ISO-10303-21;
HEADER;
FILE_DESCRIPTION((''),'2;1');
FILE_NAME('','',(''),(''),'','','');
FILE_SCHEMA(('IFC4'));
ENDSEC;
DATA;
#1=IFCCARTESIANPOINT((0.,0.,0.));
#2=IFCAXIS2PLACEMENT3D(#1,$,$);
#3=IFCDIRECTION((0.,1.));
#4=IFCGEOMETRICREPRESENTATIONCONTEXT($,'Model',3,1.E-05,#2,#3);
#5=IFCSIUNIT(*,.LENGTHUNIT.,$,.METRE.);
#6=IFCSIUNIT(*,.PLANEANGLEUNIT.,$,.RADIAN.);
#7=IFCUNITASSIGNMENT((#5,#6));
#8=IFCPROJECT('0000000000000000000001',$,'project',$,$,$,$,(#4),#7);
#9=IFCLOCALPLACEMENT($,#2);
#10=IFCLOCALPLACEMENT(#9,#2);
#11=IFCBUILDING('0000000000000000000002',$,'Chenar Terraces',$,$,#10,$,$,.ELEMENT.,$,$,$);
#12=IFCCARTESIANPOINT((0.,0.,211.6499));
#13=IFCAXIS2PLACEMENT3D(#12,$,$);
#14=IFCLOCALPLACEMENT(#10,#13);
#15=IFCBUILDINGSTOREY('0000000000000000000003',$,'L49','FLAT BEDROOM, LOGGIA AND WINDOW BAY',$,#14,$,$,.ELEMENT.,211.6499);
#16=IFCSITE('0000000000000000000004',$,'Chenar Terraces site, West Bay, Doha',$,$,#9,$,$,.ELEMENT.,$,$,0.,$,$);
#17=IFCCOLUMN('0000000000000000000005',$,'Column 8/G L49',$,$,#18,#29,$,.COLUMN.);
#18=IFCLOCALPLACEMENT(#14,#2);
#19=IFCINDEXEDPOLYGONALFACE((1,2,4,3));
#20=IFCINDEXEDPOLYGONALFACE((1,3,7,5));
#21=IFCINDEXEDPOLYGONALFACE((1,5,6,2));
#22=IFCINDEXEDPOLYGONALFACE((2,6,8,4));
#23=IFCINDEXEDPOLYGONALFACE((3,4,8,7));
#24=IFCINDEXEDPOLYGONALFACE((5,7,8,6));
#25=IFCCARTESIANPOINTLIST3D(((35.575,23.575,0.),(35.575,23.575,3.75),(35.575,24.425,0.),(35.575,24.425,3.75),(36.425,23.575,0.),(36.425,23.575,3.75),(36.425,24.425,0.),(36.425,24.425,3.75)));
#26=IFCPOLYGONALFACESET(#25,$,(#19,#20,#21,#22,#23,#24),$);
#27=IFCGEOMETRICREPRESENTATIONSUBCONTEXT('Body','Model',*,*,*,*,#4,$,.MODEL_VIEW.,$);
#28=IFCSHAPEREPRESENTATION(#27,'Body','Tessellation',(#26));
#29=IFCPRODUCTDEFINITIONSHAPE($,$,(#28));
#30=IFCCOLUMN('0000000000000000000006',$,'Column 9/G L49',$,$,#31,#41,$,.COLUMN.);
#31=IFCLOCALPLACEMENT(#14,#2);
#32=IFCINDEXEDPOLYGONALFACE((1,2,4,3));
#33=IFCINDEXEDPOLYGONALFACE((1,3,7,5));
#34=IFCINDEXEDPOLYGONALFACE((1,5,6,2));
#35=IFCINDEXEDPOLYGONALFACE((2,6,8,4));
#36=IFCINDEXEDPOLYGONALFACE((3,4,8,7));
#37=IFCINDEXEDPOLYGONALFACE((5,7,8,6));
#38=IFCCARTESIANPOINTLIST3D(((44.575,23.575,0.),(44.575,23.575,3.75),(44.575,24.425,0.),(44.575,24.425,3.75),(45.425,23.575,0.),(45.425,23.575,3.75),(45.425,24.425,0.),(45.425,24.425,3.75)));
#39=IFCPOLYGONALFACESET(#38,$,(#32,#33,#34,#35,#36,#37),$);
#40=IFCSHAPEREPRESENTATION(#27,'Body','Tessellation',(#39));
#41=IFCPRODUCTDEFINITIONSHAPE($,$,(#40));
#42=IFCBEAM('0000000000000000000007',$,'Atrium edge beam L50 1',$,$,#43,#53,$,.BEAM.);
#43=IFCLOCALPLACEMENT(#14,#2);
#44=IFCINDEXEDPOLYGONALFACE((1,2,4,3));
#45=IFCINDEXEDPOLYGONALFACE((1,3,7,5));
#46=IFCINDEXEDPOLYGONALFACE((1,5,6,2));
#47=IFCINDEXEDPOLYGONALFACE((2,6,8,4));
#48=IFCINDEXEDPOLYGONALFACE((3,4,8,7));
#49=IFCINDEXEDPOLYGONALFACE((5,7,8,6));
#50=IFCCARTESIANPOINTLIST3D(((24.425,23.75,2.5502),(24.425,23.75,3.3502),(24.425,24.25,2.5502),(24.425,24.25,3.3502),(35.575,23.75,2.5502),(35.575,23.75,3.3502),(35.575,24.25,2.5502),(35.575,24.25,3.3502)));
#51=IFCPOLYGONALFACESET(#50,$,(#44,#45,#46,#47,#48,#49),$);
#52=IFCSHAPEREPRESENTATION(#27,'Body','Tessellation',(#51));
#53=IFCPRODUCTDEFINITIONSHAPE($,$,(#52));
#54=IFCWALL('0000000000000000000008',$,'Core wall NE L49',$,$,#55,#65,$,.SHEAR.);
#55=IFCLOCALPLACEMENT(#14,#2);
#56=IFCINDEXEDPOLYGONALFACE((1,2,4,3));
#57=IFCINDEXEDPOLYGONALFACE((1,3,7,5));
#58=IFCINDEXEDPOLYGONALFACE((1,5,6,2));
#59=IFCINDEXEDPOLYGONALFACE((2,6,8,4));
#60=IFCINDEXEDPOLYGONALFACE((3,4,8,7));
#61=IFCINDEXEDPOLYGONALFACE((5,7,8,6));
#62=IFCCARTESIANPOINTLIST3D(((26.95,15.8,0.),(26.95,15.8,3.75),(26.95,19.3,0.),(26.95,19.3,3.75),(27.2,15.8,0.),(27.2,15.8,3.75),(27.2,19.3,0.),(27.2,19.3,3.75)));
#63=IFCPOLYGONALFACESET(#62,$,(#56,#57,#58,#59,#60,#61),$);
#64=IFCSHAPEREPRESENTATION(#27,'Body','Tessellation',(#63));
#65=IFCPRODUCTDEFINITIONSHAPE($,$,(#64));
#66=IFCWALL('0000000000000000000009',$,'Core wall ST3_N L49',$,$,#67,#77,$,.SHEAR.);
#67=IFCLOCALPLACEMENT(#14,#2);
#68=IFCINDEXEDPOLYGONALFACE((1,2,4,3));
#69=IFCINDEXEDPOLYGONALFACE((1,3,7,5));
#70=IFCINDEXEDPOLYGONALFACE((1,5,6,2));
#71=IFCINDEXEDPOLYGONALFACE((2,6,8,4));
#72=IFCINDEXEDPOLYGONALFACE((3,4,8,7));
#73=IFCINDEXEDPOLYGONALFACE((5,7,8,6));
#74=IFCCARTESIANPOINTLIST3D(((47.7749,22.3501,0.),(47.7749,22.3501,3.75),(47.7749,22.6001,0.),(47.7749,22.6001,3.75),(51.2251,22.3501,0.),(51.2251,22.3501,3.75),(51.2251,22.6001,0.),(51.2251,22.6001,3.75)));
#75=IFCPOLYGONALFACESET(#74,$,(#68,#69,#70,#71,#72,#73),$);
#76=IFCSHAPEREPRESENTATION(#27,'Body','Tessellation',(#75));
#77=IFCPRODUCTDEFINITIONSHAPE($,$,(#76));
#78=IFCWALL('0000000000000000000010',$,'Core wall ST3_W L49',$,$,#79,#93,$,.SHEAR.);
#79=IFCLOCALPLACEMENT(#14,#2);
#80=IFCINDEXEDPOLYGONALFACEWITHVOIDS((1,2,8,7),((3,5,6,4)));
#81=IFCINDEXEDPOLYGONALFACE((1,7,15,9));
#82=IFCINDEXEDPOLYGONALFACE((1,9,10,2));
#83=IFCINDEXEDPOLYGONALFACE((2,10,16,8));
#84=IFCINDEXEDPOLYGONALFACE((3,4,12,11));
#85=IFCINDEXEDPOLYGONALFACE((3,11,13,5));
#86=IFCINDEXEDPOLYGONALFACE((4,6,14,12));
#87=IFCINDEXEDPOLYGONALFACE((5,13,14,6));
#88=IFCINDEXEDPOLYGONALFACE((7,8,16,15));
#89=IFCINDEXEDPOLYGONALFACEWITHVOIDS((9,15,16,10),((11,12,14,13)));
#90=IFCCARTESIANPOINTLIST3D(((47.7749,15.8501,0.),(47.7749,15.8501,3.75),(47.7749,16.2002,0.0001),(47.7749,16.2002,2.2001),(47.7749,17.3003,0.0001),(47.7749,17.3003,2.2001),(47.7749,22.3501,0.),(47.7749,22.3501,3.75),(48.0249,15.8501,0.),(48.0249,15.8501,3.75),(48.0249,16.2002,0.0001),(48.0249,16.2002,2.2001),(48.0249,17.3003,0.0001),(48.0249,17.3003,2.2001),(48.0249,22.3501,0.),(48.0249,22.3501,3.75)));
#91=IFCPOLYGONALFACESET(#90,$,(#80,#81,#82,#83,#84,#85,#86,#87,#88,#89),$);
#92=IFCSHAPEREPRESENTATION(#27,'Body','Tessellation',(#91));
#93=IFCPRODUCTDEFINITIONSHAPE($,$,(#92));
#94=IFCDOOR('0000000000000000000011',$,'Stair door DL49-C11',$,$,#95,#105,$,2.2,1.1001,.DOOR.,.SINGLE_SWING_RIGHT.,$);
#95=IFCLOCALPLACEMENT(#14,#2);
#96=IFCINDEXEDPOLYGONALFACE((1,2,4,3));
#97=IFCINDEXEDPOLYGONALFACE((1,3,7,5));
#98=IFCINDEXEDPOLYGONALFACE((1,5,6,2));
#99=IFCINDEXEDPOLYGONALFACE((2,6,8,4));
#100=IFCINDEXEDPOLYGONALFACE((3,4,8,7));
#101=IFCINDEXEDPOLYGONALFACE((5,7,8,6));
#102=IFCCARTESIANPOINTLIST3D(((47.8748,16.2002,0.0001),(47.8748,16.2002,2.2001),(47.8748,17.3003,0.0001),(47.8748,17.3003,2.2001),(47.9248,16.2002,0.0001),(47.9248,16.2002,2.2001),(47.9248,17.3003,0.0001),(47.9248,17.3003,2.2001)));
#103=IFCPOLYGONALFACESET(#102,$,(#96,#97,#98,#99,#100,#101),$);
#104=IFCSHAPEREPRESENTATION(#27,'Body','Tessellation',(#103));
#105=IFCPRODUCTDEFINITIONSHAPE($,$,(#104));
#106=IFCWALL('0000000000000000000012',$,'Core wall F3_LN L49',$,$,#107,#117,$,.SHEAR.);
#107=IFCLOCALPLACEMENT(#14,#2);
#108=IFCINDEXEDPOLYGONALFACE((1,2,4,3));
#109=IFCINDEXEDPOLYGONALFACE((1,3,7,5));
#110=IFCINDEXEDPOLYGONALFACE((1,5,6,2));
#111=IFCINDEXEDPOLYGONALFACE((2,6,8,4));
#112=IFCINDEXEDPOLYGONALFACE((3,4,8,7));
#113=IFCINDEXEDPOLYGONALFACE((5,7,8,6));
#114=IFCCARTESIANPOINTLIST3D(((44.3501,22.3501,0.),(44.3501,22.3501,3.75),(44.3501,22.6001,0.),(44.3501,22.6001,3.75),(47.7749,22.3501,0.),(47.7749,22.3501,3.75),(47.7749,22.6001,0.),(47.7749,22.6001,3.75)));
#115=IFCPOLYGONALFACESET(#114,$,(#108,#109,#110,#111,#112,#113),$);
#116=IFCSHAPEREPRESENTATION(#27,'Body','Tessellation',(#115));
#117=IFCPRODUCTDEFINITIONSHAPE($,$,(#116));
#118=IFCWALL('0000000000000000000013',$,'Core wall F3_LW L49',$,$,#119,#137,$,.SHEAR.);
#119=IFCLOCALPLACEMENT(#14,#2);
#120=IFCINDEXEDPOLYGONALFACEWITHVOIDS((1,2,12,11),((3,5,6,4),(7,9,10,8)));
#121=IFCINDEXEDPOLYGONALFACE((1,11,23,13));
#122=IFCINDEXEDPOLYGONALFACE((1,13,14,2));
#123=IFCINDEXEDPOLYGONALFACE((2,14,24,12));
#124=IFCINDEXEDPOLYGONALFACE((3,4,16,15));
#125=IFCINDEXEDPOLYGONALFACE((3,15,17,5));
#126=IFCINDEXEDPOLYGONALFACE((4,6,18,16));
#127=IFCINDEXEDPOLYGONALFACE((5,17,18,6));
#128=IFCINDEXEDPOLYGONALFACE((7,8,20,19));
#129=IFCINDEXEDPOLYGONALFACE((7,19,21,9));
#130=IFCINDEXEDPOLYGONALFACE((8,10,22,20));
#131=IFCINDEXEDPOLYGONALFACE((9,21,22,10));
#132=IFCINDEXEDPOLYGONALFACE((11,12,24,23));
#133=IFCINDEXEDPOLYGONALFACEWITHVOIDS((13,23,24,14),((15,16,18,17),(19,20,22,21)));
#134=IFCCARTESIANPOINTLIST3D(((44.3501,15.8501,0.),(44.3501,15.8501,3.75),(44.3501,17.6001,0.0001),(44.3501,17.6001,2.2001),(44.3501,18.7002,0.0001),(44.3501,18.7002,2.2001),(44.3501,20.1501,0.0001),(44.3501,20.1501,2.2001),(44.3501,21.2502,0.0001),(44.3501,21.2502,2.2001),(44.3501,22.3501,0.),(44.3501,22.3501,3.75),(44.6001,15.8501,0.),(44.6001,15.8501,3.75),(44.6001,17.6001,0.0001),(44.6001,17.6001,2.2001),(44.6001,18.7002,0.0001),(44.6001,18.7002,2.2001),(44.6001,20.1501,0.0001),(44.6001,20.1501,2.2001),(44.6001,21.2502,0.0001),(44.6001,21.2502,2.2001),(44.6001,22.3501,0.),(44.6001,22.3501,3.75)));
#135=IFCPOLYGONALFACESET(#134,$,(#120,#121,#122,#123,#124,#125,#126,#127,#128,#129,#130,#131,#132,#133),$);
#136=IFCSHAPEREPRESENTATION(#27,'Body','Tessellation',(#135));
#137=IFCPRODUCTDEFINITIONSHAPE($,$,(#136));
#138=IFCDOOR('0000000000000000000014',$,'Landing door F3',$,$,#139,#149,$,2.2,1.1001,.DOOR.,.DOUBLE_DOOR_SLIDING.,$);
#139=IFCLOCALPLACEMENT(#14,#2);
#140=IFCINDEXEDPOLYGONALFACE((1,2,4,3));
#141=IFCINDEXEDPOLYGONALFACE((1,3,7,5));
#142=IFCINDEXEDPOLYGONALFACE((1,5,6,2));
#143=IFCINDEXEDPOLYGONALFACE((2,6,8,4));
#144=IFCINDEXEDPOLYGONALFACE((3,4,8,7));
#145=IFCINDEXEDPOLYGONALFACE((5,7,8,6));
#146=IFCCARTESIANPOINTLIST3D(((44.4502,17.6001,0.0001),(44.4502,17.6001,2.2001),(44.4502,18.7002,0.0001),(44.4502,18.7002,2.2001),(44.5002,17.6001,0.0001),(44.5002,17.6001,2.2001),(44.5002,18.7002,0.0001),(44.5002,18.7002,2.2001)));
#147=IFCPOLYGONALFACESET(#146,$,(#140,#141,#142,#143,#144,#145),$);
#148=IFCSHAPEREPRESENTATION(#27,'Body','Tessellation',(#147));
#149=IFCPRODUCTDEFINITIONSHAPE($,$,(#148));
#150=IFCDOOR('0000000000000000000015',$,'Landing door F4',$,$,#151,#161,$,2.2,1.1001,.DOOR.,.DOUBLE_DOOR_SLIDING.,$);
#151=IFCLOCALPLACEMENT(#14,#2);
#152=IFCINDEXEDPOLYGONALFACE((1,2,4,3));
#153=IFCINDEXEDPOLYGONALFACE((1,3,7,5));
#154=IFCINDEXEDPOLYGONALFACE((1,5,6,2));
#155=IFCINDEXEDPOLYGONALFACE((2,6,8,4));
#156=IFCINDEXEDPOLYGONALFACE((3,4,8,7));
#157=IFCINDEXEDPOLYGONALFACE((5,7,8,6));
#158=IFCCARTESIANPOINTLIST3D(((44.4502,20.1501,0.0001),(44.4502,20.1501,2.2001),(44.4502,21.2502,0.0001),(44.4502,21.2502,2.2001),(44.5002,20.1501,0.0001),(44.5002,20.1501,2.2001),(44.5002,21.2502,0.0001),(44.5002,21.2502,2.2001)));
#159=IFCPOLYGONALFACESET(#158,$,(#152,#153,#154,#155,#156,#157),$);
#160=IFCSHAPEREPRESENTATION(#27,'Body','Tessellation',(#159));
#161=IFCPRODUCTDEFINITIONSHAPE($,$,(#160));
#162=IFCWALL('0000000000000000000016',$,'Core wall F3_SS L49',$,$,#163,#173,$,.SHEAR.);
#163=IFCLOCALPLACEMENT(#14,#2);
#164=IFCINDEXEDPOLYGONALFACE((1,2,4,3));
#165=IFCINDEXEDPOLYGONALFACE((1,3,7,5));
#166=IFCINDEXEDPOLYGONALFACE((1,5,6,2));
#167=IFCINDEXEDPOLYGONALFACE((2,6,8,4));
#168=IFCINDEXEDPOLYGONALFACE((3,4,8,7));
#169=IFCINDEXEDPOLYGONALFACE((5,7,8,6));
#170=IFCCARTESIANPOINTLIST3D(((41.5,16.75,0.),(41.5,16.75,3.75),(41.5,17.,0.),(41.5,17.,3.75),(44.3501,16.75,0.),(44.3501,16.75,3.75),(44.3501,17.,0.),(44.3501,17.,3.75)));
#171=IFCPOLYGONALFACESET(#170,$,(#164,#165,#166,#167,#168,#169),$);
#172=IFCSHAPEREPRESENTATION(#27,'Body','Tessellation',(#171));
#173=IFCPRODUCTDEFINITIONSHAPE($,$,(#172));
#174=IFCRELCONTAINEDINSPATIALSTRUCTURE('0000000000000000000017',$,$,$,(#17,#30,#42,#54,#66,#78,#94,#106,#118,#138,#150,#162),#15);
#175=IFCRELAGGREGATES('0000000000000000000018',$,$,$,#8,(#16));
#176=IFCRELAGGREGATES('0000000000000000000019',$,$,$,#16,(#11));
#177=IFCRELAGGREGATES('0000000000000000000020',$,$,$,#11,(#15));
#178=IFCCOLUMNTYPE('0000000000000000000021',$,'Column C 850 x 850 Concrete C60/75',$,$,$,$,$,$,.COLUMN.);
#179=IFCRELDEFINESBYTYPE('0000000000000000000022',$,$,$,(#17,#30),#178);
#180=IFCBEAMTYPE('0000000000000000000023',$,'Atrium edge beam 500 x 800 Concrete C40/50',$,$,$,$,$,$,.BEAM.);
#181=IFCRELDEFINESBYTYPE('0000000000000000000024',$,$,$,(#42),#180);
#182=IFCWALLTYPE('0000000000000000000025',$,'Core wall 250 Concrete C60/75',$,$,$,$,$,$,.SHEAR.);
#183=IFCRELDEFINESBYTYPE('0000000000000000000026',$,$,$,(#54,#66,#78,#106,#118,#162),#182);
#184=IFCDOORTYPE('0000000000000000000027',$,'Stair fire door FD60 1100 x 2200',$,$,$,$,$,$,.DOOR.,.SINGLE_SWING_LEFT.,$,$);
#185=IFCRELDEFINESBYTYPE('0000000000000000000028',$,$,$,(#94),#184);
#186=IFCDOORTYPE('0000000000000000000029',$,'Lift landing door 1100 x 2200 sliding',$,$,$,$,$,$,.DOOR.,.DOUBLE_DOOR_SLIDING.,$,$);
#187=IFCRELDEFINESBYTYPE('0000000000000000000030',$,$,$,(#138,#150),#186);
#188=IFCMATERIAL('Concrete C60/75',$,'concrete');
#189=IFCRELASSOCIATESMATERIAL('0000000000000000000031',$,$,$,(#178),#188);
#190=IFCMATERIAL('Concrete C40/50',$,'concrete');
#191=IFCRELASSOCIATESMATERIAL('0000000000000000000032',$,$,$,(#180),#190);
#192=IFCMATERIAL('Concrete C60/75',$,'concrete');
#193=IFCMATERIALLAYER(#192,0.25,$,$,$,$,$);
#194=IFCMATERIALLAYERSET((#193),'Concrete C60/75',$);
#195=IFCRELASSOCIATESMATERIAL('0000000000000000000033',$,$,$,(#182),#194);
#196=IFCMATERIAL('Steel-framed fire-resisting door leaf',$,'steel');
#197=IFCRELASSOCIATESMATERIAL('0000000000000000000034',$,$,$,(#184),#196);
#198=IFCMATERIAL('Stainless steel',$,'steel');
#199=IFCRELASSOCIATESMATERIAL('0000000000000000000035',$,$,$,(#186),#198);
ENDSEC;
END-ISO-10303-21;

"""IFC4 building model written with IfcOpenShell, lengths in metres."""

from ifc_helpers import new_model, si_unit, direction, frame, frame_2d, origin, origin_2d, place, context, subcontext, project, spatial, rectangle, extrude, material, layer, layer_set, material_profile, profile_set, type_object, element, fill, save


model = new_model("IFC4")

# Units and contexts
model_context = context("Model", 3, precision=1e-05, world=origin(), true_north=direction((0.0, 1.0)))
body_context = subcontext(model_context, "Body", "Model", "MODEL_VIEW")
ifc_project = project(units=[si_unit("LENGTHUNIT", "METRE"), si_unit("PLANEANGLEUNIT", "RADIAN")], contexts=[model_context])

# Site, building, storey
site_placement = place(None, origin())
site = spatial("IfcSite", under=ifc_project, at=site_placement, Name="Chenar Terraces site, West Bay, Doha", CompositionType="ELEMENT", RefElevation=0.0)
building_placement = place(site_placement, origin())
building = spatial("IfcBuilding", under=site, at=building_placement, Name="Chenar Terraces", CompositionType="ELEMENT")
storey_placement = place(building_placement, frame((0.0, 0.0, 211.6499)))
storey = spatial("IfcBuildingStorey", under=building, at=storey_placement, Name="L49", Description="FLAT BEDROOM, LOGGIA AND WINDOW BAY", CompositionType="ELEMENT", Elevation=211.6499)

# Columns
ifc_material_1 = material(Name="Concrete C60/75", Category="concrete")
ifc_material_profile_1 = material_profile(ifc_material_1, rectangle(XDim=0.8501, YDim=0.8501, at=origin_2d()), Name="C 850 x 850")
ifc_profile_set_1 = profile_set([ifc_material_profile_1], Name="Concrete C60/75")
column_type = type_object("IfcColumnType", Name="Column C 850 x 850 Concrete C60/75", PredefinedType="COLUMN", material=ifc_profile_set_1)
for number, where, z_axis, x_axis, name in (
    (1, (36.0, 24.0, 0.0), (0.0, 0.0, 1.0), (1.0, 0.0, 0.0), "Column 8/G L49"),
    (2, (45.0, 24.0, 0.0), (0.0, 0.0, 1.0), (1.0, 0.0, 0.0), "Column 9/G L49"),
):
    element("IfcColumn", number, at=place(storey_placement, frame(where, z_axis=z_axis, x_axis=x_axis)), inside=storey, type_object=column_type, Name=name, PredefinedType="COLUMN", context=body_context, shape_type="SweptSolid", body=[
        extrude(rectangle(XDim=0.8501, YDim=0.8501, at=origin_2d()), origin(), (0.0, 0.0, 1.0), 3.75),
    ])

# Beam
ifc_material_2 = material(Name="Concrete C40/50", Category="concrete")
ifc_material_profile_2 = material_profile(ifc_material_2, rectangle(XDim=0.5, YDim=0.8, at=origin_2d()), Name="RC 500 x 800")
ifc_profile_set_2 = profile_set([ifc_material_profile_2], Name="Concrete C40/50")
beam_type = type_object("IfcBeamType", Name="Atrium edge beam 500 x 800 Concrete C40/50", PredefinedType="BEAM", material=ifc_profile_set_2)
beam_placement = place(storey_placement, frame((24.425, 24.0, 2.9502), z_axis=(1.0, 0.0, 0.0), x_axis=(0.0, 1.0, 0.0)))
element("IfcBeam", 3, at=beam_placement, inside=storey, type_object=beam_type, Name="Atrium edge beam L50 1", PredefinedType="BEAM", context=body_context, shape_type="SweptSolid", body=[
    extrude(rectangle(XDim=0.5, YDim=0.8, at=origin_2d()), origin(), (0.0, 0.0, 1.0), 11.1499),
])

# Walls
ifc_material_3 = material(Name="Concrete C60/75", Category="concrete")
ifc_layer_1 = layer(ifc_material_3, 0.25)
ifc_layer_set_1 = layer_set([ifc_layer_1], Name="Concrete C60/75")
wall_type_1 = type_object("IfcWallType", Name="Core wall 250 Concrete C60/75", PredefinedType="SHEAR", material=ifc_layer_set_1)
wall_1_placement = place(storey_placement, frame((27.075, 15.8, 0.0), z_axis=(0.0, 0.0, 1.0), x_axis=(0.0, 1.0, 0.0)))
element("IfcWall", 4, at=wall_1_placement, inside=storey, type_object=wall_type_1, Name="Core wall NE L49", PredefinedType="SHEAR", context=body_context, shape_type="SweptSolid", body=[
    extrude(rectangle(XDim=3.5, YDim=0.25, at=frame_2d((1.75, 0.0))), origin(), (0.0, 0.0, 1.0), 3.75),
])
wall_2_placement = place(storey_placement, frame((47.7749, 22.4751, 0.0), z_axis=(0.0, 0.0, 1.0), x_axis=(1.0, 0.0, 0.0)))
element("IfcWall", 5, at=wall_2_placement, inside=storey, type_object=wall_type_1, Name="Core wall ST3_N L49", PredefinedType="SHEAR", context=body_context, shape_type="SweptSolid", body=[
    extrude(rectangle(XDim=3.4502, YDim=0.25, at=frame_2d((1.7251, 0.0))), origin(), (0.0, 0.0, 1.0), 3.75),
])

# Wall, opening, door
wall_3_placement = place(storey_placement, frame((47.8999, 15.8501, 0.0), z_axis=(0.0, 0.0, 1.0), x_axis=(0.0, 1.0, 0.0)))
wall_3 = element("IfcWall", 6, at=wall_3_placement, inside=storey, type_object=wall_type_1, Name="Core wall ST3_W L49", PredefinedType="SHEAR", context=body_context, shape_type="SweptSolid", body=[
    extrude(rectangle(XDim=6.5, YDim=0.25, at=frame_2d((3.25, 0.0))), origin(), (0.0, 0.0, 1.0), 3.75),
])
opening_1_placement = place(wall_3_placement, frame((0.3501, 0.0, 0.0)))
opening_1 = element("IfcOpeningElement", 7, at=opening_1_placement, cuts=wall_3, PredefinedType="OPENING", context=body_context, shape_type="SweptSolid", body=[
    extrude(rectangle(XDim=1.1001, YDim=2.2, at=frame_2d((0.55, 1.1001))), frame((0.0, 0.135, 0.0), z_axis=(0.0, -1.0, 0.0), x_axis=(1.0, 0.0, 0.0)), (0.0, 0.0, 1.0), 0.27),
])
ifc_material_4 = material(Name="Steel-framed fire-resisting door leaf", Category="steel")
door_type_1 = type_object("IfcDoorType", Name="Stair fire door FD60 1100 x 2200", OperationType="SINGLE_SWING_LEFT", PredefinedType="DOOR", material=ifc_material_4)
door_1_placement = place(opening_1_placement, frame((1.1001, 0.0, 0.0), z_axis=(0.0, 0.0, 1.0), x_axis=(-1.0, 0.0, 0.0)))
door_1 = element("IfcDoor", 8, at=door_1_placement, inside=storey, type_object=door_type_1, Name="Stair door DL49-C11", OperationType="SINGLE_SWING_RIGHT", OverallHeight=2.2, OverallWidth=1.1001, PredefinedType="DOOR", context=body_context, shape_type="SweptSolid", body=[
    extrude(rectangle(XDim=1.1001, YDim=2.2, at=frame_2d((0.55, 1.1001))), frame((0.0, 0.0249, 0.0), z_axis=(0.0, -1.0, 0.0), x_axis=(1.0, 0.0, 0.0)), (0.0, 0.0, 1.0), 0.05),
])
fill(opening_1, door_1)

# Wall
wall_4_placement = place(storey_placement, frame((44.3501, 22.4751, 0.0), z_axis=(0.0, 0.0, 1.0), x_axis=(1.0, 0.0, 0.0)))
element("IfcWall", 9, at=wall_4_placement, inside=storey, type_object=wall_type_1, Name="Core wall F3_LN L49", PredefinedType="SHEAR", context=body_context, shape_type="SweptSolid", body=[
    extrude(rectangle(XDim=3.4248, YDim=0.25, at=frame_2d((1.7124, 0.0))), origin(), (0.0, 0.0, 1.0), 3.75),
])

# Wall, openings, doors
wall_5_placement = place(storey_placement, frame((44.4751, 15.8501, 0.0), z_axis=(0.0, 0.0, 1.0), x_axis=(0.0, 1.0, 0.0)))
wall_5 = element("IfcWall", 10, at=wall_5_placement, inside=storey, type_object=wall_type_1, Name="Core wall F3_LW L49", PredefinedType="SHEAR", context=body_context, shape_type="SweptSolid", body=[
    extrude(rectangle(XDim=6.5, YDim=0.25, at=frame_2d((3.25, 0.0))), origin(), (0.0, 0.0, 1.0), 3.75),
])
opening_2_placement = place(wall_5_placement, frame((1.75, 0.0, 0.0)))
opening_2 = element("IfcOpeningElement", 11, at=opening_2_placement, cuts=wall_5, PredefinedType="OPENING", context=body_context, shape_type="SweptSolid", body=[
    extrude(rectangle(XDim=1.1001, YDim=2.2, at=frame_2d((0.55, 1.1001))), frame((0.0, 0.135, 0.0), z_axis=(0.0, -1.0, 0.0), x_axis=(1.0, 0.0, 0.0)), (0.0, 0.0, 1.0), 0.27),
])
opening_3_placement = place(wall_5_placement, frame((4.3, 0.0, 0.0)))
opening_3 = element("IfcOpeningElement", 12, at=opening_3_placement, cuts=wall_5, PredefinedType="OPENING", context=body_context, shape_type="SweptSolid", body=[
    extrude(rectangle(XDim=1.1001, YDim=2.2, at=frame_2d((0.55, 1.1001))), frame((0.0, 0.135, 0.0), z_axis=(0.0, -1.0, 0.0), x_axis=(1.0, 0.0, 0.0)), (0.0, 0.0, 1.0), 0.27),
])
ifc_material_5 = material(Name="Stainless steel", Category="steel")
door_type_2 = type_object("IfcDoorType", Name="Lift landing door 1100 x 2200 sliding", OperationType="DOUBLE_DOOR_SLIDING", PredefinedType="DOOR", material=ifc_material_5)
door_2_placement = place(opening_2_placement, origin())
door_2 = element("IfcDoor", 13, at=door_2_placement, inside=storey, type_object=door_type_2, Name="Landing door F3", OperationType="DOUBLE_DOOR_SLIDING", OverallHeight=2.2, OverallWidth=1.1001, PredefinedType="DOOR", context=body_context, shape_type="SweptSolid", body=[
    extrude(rectangle(XDim=1.1001, YDim=2.2, at=frame_2d((0.55, 1.1001))), frame((0.0, 0.0249, 0.0), z_axis=(0.0, -1.0, 0.0), x_axis=(1.0, 0.0, 0.0)), (0.0, 0.0, 1.0), 0.05),
])
fill(opening_2, door_2)
door_3_placement = place(opening_3_placement, origin())
door_3 = element("IfcDoor", 14, at=door_3_placement, inside=storey, type_object=door_type_2, Name="Landing door F4", OperationType="DOUBLE_DOOR_SLIDING", OverallHeight=2.2, OverallWidth=1.1001, PredefinedType="DOOR", context=body_context, shape_type="SweptSolid", body=[
    extrude(rectangle(XDim=1.1001, YDim=2.2, at=frame_2d((0.55, 1.1001))), frame((0.0, 0.0249, 0.0), z_axis=(0.0, -1.0, 0.0), x_axis=(1.0, 0.0, 0.0)), (0.0, 0.0, 1.0), 0.05),
])
fill(opening_3, door_3)

# Wall
for number, where, z_axis, x_axis, name in (
    (15, (41.5, 16.875, 0.0), (0.0, 0.0, 1.0), (1.0, 0.0, 0.0), "Core wall F3_SS L49"),
):
    element("IfcWall", number, at=place(storey_placement, frame(where, z_axis=z_axis, x_axis=x_axis)), inside=storey, type_object=wall_type_1, Name=name, PredefinedType="SHEAR", context=body_context, shape_type="SweptSolid", body=[
        extrude(rectangle(XDim=2.8501, YDim=0.25, at=frame_2d((1.425, 0.0))), origin(), (0.0, 0.0, 1.0), 3.75),
    ])

save(model, "model.ifc")
